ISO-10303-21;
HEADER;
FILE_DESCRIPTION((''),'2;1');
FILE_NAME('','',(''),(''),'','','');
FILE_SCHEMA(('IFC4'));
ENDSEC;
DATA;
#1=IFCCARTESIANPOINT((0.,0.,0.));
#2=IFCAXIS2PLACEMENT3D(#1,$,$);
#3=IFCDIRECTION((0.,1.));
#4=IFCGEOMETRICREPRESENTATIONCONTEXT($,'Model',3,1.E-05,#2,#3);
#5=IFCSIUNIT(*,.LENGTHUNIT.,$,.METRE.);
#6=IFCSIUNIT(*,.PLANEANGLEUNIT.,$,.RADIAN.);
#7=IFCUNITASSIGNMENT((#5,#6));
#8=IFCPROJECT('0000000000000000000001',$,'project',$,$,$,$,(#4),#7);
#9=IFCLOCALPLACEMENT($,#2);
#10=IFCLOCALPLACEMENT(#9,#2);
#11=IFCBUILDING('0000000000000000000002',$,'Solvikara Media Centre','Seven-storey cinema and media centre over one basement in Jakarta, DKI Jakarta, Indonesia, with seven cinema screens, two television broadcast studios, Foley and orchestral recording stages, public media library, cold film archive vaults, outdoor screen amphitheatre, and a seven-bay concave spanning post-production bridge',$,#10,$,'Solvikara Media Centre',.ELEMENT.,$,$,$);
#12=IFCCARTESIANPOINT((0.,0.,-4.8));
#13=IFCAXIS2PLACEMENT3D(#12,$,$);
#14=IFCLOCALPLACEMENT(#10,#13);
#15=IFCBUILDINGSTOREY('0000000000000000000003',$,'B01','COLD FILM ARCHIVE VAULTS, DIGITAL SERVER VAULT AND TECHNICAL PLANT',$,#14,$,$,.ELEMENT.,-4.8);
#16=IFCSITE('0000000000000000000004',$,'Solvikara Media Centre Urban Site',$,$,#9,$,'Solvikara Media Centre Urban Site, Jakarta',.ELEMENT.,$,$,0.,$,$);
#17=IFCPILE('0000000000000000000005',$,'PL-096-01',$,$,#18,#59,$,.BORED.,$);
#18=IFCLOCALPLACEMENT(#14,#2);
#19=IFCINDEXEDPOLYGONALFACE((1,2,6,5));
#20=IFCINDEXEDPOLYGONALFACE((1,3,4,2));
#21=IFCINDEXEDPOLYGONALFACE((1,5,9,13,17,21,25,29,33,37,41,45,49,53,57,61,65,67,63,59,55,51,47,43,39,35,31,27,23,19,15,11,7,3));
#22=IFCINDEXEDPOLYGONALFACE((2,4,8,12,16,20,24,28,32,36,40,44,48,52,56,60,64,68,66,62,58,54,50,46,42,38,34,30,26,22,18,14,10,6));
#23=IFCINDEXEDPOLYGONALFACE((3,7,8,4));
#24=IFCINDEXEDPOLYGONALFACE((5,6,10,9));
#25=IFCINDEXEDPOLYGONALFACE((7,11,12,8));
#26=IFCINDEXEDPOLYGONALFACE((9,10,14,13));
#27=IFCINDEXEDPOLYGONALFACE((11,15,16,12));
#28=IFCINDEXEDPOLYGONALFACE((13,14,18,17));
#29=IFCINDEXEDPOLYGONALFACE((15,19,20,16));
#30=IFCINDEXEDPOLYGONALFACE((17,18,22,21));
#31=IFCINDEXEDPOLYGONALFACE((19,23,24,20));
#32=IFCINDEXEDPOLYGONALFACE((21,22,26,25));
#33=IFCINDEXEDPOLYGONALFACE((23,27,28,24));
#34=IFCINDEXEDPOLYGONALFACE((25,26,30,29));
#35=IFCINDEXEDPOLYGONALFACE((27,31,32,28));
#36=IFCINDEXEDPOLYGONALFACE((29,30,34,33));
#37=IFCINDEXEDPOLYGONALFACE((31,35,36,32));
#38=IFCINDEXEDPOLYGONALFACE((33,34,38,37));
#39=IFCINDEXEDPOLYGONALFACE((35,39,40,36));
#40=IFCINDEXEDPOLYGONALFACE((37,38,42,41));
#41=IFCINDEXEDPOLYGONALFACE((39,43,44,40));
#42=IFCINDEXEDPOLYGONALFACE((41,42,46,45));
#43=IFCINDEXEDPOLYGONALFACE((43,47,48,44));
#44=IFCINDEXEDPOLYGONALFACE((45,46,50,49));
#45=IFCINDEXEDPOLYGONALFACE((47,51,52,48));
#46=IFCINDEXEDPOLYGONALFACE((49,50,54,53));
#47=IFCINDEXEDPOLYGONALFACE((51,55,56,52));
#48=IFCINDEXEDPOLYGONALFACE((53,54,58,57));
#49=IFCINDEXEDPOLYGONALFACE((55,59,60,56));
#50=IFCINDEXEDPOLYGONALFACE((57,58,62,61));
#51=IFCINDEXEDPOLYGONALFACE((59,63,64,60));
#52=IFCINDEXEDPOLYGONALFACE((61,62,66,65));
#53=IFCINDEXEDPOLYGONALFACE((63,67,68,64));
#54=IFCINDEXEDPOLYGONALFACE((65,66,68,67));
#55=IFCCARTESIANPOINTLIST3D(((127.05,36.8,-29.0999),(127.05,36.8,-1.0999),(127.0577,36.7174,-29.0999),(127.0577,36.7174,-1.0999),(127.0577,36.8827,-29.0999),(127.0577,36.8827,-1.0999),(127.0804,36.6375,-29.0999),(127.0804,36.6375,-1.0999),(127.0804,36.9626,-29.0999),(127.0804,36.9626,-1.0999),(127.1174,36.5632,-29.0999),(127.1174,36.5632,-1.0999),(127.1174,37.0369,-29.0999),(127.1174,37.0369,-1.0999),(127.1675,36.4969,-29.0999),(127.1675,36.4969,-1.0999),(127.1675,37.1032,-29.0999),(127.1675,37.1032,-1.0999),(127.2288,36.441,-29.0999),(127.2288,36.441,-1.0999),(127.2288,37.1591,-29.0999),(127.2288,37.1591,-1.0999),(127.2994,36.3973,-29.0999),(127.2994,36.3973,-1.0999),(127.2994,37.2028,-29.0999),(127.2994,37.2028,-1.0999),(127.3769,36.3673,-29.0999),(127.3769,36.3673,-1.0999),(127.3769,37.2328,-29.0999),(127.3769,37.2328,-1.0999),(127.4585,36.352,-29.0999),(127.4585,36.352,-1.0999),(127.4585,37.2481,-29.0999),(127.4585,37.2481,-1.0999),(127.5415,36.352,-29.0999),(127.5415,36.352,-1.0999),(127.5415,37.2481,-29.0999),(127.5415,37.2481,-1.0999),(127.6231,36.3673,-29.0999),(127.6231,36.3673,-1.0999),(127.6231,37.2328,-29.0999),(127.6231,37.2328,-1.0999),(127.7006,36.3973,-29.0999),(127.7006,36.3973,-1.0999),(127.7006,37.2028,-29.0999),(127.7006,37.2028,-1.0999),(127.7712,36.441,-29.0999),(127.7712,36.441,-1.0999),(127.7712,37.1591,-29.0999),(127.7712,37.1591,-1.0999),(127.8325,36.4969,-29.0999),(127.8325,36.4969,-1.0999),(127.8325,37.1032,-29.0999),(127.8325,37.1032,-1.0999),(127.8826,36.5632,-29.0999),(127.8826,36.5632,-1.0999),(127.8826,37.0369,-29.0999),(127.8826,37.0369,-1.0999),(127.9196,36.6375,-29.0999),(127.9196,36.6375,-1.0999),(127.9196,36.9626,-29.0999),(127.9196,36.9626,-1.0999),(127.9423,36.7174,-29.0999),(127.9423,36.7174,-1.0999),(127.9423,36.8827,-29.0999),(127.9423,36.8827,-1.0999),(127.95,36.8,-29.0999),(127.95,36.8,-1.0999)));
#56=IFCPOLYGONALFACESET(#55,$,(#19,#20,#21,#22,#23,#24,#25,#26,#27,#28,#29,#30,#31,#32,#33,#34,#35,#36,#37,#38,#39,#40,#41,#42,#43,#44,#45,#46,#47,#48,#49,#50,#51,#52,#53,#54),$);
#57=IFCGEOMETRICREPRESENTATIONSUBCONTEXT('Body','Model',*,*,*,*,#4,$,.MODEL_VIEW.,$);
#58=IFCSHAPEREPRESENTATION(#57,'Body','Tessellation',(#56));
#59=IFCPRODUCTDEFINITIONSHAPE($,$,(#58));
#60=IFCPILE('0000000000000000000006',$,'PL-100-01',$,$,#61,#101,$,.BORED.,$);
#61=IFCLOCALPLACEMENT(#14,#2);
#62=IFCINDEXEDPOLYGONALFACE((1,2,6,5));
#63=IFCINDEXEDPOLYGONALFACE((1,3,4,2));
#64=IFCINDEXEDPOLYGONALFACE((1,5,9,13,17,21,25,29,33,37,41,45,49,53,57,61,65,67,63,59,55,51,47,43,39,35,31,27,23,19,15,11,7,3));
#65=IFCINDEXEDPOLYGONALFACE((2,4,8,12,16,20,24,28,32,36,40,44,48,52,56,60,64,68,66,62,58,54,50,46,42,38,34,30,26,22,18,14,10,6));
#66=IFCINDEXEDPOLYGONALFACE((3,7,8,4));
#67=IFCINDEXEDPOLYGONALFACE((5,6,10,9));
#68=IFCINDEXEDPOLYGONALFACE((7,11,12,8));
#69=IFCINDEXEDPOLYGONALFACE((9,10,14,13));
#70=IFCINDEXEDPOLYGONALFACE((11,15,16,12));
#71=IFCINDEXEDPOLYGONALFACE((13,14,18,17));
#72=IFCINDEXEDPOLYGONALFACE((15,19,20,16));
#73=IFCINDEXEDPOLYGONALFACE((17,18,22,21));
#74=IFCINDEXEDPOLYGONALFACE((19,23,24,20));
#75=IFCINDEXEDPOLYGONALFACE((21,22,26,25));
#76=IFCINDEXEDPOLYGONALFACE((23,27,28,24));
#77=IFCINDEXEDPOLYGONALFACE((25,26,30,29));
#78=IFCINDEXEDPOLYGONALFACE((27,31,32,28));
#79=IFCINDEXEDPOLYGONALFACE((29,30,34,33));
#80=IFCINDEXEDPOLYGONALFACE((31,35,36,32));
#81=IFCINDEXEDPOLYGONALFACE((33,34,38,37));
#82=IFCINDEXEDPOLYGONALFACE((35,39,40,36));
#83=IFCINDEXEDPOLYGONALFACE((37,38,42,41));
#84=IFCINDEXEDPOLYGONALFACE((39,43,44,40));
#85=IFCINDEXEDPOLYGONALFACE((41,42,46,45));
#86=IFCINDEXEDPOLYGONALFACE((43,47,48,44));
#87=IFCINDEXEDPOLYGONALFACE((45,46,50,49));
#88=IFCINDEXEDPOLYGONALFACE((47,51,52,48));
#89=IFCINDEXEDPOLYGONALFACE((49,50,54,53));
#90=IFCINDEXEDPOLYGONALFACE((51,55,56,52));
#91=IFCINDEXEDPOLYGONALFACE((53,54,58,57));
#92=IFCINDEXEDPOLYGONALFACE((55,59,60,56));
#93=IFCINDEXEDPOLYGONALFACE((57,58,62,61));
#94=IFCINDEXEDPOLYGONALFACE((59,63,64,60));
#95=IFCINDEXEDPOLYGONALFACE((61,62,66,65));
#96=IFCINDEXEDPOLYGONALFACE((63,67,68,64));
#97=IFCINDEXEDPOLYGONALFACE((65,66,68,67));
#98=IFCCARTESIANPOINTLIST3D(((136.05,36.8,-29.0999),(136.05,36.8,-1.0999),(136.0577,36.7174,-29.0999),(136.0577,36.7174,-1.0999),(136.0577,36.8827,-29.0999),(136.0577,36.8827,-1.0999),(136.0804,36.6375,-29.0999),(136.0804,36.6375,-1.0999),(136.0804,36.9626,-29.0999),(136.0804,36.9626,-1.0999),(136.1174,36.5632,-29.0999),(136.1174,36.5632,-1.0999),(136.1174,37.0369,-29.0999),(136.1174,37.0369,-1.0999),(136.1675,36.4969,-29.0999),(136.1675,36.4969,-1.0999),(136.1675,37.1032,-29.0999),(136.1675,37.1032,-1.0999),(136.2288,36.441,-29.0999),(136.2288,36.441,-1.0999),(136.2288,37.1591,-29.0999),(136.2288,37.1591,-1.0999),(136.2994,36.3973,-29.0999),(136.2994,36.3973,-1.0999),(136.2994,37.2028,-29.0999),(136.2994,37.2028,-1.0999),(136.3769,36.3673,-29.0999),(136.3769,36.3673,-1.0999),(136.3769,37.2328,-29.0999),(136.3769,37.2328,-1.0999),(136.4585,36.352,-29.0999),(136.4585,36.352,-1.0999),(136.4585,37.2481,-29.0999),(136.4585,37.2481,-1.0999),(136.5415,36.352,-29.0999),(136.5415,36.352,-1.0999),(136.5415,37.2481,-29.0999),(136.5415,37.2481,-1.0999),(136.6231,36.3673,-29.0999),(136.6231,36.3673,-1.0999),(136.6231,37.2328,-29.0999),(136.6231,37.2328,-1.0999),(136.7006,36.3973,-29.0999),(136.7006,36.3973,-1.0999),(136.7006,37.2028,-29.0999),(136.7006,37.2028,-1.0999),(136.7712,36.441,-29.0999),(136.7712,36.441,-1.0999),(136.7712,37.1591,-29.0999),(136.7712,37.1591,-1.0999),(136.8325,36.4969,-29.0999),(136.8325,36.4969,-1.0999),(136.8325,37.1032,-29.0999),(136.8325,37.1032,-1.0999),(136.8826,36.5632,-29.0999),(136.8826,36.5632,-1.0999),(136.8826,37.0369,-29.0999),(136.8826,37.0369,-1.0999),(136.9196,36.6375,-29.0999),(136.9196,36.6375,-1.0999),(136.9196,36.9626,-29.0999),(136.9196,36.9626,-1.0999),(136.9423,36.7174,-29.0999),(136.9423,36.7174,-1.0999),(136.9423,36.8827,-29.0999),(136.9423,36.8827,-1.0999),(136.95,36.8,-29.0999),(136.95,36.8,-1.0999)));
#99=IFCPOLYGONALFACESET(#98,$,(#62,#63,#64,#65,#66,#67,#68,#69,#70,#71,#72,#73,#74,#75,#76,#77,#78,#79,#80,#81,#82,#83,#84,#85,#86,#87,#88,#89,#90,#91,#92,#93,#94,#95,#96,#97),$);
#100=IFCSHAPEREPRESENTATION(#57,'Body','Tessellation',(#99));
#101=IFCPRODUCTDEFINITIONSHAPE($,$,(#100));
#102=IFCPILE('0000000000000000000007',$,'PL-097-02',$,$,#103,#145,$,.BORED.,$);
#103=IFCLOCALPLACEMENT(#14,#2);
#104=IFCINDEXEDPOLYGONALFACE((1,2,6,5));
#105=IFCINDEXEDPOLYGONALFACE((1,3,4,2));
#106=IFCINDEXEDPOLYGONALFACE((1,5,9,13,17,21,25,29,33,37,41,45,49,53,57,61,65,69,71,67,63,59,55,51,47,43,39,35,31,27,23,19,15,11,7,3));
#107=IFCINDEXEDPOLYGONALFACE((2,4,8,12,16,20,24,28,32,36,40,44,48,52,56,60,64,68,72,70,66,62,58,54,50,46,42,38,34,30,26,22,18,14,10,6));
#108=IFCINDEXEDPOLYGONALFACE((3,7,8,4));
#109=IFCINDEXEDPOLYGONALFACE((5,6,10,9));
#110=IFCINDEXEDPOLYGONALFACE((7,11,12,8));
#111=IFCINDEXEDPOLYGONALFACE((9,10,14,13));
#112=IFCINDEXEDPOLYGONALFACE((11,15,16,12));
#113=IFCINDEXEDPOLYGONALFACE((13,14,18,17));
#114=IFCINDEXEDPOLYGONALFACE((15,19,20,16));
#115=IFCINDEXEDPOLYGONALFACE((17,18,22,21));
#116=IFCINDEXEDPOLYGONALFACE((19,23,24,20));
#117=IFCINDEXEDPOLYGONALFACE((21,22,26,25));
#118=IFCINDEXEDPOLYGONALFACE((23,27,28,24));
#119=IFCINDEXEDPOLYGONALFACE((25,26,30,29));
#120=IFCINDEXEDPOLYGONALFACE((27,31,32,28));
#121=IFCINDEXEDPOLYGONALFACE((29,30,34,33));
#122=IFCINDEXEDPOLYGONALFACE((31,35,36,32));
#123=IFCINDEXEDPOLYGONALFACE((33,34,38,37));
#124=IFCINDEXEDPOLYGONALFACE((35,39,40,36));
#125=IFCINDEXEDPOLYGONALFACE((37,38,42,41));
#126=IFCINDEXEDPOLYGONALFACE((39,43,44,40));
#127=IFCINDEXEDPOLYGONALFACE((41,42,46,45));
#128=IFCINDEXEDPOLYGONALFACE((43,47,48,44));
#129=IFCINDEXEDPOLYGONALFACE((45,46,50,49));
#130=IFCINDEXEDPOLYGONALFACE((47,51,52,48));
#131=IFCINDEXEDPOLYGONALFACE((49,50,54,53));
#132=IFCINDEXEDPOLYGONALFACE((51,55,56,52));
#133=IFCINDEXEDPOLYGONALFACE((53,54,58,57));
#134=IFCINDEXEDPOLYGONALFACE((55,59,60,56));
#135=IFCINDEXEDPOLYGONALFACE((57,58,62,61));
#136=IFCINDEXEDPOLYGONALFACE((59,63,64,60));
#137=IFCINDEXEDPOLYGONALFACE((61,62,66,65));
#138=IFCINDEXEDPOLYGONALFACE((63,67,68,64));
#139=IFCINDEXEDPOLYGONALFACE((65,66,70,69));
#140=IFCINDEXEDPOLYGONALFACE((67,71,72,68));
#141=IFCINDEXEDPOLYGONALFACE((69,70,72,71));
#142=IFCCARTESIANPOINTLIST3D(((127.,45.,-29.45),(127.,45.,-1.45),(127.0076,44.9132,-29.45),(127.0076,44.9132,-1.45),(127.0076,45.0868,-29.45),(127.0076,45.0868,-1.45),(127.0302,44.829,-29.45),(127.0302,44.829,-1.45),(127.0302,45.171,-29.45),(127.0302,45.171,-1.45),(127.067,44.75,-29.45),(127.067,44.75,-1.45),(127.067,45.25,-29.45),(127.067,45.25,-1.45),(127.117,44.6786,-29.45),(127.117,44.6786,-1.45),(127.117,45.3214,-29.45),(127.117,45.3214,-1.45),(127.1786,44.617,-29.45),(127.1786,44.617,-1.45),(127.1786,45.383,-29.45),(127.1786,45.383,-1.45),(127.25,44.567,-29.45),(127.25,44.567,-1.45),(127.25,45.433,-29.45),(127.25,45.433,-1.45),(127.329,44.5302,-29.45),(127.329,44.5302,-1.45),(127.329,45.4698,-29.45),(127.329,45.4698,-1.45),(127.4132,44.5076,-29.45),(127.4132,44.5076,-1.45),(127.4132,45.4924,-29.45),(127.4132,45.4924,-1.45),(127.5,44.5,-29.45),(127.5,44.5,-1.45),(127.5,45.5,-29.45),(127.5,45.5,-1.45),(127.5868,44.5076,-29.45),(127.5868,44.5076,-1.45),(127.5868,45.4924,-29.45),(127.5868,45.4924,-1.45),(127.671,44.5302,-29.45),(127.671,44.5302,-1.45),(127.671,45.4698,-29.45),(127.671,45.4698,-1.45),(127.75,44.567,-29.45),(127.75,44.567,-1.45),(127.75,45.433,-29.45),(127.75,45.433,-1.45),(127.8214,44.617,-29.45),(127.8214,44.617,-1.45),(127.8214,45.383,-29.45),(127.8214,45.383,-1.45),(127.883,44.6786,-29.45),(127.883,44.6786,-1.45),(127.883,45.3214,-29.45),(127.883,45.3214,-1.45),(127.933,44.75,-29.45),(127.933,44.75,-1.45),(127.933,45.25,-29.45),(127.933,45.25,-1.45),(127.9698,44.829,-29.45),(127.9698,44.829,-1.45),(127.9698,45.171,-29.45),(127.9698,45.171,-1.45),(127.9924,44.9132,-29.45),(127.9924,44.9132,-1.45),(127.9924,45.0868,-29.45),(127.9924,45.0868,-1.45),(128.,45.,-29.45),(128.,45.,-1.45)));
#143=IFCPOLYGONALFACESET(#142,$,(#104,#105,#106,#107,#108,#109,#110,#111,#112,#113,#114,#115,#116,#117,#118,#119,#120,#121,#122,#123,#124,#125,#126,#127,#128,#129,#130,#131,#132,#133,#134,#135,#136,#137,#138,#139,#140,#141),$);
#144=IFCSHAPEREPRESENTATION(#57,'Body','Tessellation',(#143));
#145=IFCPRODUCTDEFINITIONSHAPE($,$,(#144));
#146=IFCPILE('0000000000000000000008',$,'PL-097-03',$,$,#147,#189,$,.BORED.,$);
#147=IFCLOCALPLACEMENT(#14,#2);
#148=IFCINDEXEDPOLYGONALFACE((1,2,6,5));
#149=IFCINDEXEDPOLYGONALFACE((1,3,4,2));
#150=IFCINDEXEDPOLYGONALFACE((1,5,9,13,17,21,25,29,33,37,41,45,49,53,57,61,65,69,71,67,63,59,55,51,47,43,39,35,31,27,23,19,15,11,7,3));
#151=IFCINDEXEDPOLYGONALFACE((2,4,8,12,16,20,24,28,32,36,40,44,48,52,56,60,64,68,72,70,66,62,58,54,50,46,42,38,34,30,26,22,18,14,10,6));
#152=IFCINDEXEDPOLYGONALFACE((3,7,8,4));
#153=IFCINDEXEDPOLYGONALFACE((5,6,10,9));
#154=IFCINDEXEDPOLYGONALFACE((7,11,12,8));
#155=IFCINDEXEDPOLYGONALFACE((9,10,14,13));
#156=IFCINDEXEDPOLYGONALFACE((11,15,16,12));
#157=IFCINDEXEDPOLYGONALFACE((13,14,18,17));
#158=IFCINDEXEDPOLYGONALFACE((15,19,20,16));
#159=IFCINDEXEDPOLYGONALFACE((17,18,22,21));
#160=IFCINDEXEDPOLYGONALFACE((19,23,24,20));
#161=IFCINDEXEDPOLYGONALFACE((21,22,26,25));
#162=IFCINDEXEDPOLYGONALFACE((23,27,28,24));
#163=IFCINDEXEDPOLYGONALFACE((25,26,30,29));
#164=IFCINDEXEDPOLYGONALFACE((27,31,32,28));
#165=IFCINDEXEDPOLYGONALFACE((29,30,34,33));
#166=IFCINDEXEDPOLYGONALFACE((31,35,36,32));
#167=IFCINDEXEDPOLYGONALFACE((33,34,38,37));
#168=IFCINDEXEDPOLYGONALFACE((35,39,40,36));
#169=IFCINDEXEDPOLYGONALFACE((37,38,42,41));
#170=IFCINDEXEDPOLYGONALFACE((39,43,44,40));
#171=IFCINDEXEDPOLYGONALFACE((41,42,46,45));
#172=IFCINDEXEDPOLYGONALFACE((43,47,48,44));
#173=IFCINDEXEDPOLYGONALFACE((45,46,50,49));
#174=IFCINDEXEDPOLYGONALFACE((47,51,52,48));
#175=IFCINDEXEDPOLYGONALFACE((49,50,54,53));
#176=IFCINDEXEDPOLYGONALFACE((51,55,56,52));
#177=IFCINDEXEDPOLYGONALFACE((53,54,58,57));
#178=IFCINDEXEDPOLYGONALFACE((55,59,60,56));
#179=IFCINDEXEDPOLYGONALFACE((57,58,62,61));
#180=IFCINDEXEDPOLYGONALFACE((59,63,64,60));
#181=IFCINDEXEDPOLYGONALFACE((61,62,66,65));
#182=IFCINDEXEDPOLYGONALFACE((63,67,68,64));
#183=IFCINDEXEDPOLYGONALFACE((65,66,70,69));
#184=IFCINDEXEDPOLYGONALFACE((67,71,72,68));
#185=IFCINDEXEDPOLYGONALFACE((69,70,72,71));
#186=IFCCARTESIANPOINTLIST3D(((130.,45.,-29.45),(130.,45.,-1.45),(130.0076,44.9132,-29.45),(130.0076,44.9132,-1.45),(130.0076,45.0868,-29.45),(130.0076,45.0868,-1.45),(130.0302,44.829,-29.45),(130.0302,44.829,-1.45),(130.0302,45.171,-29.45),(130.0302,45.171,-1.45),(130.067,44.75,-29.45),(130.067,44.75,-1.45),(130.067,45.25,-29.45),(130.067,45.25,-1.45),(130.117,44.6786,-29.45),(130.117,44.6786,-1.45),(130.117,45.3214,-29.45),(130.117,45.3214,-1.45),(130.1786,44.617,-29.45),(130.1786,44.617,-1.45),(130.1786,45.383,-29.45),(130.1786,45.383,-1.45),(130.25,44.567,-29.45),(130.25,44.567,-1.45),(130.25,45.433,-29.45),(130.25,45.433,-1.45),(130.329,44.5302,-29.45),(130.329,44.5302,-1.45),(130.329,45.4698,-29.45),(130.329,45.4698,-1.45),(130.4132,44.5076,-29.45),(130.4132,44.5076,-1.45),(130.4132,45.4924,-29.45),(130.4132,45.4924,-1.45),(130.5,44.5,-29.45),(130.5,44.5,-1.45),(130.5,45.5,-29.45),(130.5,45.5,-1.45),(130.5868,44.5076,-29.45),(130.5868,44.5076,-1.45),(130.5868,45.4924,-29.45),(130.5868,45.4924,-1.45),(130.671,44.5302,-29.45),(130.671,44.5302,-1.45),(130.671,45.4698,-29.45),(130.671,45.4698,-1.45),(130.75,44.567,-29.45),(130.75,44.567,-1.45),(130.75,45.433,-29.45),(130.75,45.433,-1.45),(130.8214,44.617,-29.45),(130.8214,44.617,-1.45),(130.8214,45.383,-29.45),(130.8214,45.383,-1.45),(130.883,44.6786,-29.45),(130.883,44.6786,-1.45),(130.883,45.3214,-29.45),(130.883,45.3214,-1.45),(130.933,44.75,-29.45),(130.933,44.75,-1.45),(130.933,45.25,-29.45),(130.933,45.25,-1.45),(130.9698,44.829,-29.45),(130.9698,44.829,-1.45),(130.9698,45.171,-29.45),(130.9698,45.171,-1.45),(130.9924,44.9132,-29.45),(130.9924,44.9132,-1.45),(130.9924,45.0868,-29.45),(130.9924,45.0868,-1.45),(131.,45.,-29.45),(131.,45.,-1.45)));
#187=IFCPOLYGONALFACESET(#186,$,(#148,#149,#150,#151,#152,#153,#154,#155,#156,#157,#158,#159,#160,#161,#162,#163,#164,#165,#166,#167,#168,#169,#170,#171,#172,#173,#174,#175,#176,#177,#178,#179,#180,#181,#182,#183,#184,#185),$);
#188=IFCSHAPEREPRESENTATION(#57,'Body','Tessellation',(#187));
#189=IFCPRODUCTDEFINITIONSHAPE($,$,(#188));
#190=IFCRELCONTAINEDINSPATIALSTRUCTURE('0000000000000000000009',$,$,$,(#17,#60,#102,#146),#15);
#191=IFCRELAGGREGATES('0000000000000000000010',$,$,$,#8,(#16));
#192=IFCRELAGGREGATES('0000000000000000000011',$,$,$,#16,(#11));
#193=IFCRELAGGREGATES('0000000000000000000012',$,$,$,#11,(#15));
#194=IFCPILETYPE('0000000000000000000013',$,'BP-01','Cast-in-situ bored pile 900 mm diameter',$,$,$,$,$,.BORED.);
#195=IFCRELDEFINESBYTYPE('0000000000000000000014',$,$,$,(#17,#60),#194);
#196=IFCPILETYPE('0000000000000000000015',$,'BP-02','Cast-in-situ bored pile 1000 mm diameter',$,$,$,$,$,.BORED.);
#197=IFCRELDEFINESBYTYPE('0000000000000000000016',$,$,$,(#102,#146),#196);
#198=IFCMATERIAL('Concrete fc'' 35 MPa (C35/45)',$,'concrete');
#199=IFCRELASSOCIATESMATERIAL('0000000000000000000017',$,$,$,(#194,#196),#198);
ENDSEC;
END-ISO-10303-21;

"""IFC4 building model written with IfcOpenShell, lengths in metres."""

from ifc_helpers import new_model, si_unit, direction, frame, origin, origin_2d, place, context, subcontext, project, spatial, circle, extrude, material, material_profile, profile_set, type_object, element, save


model = new_model("IFC4")

# Units and contexts
model_context = context("Model", 3, precision=1e-05, world=origin(), true_north=direction((0.0, 1.0)))
body_context = subcontext(model_context, "Body", "Model", "MODEL_VIEW")
ifc_project = project(units=[si_unit("LENGTHUNIT", "METRE"), si_unit("PLANEANGLEUNIT", "RADIAN")], contexts=[model_context])

# Site, building, storey
site_placement = place(None, origin())
site = spatial("IfcSite", under=ifc_project, at=site_placement, Name="Solvikara Media Centre Urban Site", LongName="Solvikara Media Centre Urban Site, Jakarta", CompositionType="ELEMENT", RefElevation=0.0)
building_placement = place(site_placement, origin())
building = spatial("IfcBuilding", under=site, at=building_placement, Name="Solvikara Media Centre", Description="Seven-storey cinema and media centre over one basement in Jakarta, DKI Jakarta, Indonesia, with seven cinema screens, two television broadcast studios, Foley and orchestral recording stages, public media library, cold film archive vaults, outdoor screen amphitheatre, and a seven-bay concave spanning post-production bridge", LongName="Solvikara Media Centre", CompositionType="ELEMENT")
storey_placement = place(building_placement, frame((0.0, 0.0, -4.8)))
storey = spatial("IfcBuildingStorey", under=building, at=storey_placement, Name="B01", Description="COLD FILM ARCHIVE VAULTS, DIGITAL SERVER VAULT AND TECHNICAL PLANT", CompositionType="ELEMENT", Elevation=-4.8)

# Piles
ifc_material_1 = material(Name="Concrete fc' 35 MPa (C35/45)", Category="concrete")
ifc_material_profile_1 = material_profile(ifc_material_1, circle(Radius=0.45, at=origin_2d()), Name="BORED PILE D900")
ifc_profile_set_1 = profile_set([ifc_material_profile_1], Name="Concrete fc' 35 MPa (C35/45)")
pile_type_1 = type_object("IfcPileType", Name="BP-01", Description="Cast-in-situ bored pile 900 mm diameter", PredefinedType="BORED", material=ifc_profile_set_1)
for number, where, z_axis, x_axis, name in (
    (1, (127.5, 36.8, -1.0999), (0.0, 0.0, -1.0), (1.0, 0.0, 0.0), "PL-096-01"),
    (2, (136.5, 36.8, -1.0999), (0.0, 0.0, -1.0), (1.0, 0.0, 0.0), "PL-100-01"),
):
    element("IfcPile", number, at=place(storey_placement, frame(where, z_axis=z_axis, x_axis=x_axis)), inside=storey, type_object=pile_type_1, Name=name, PredefinedType="BORED", context=body_context, shape_type="SweptSolid", body=[
        extrude(circle(Radius=0.45, at=origin_2d()), origin(), (0.0, 0.0, 1.0), 28.0),
    ])
ifc_material_profile_2 = material_profile(ifc_material_1, circle(Radius=0.5, at=origin_2d()), Name="BORED PILE D1000")
ifc_profile_set_2 = profile_set([ifc_material_profile_2], Name="Concrete fc' 35 MPa (C35/45)")
pile_type_2 = type_object("IfcPileType", Name="BP-02", Description="Cast-in-situ bored pile 1000 mm diameter", PredefinedType="BORED", material=ifc_profile_set_2)
for number, where, z_axis, x_axis, name in (
    (3, (127.5, 45.0, -1.45), (0.0, 0.0, -1.0), (1.0, 0.0, 0.0), "PL-097-02"),
    (4, (130.5, 45.0, -1.45), (0.0, 0.0, -1.0), (1.0, 0.0, 0.0), "PL-097-03"),
):
    element("IfcPile", number, at=place(storey_placement, frame(where, z_axis=z_axis, x_axis=x_axis)), inside=storey, type_object=pile_type_2, Name=name, PredefinedType="BORED", context=body_context, shape_type="SweptSolid", body=[
        extrude(circle(Radius=0.5, at=origin_2d()), origin(), (0.0, 0.0, 1.0), 28.0),
    ])

save(model, "model.ifc")
